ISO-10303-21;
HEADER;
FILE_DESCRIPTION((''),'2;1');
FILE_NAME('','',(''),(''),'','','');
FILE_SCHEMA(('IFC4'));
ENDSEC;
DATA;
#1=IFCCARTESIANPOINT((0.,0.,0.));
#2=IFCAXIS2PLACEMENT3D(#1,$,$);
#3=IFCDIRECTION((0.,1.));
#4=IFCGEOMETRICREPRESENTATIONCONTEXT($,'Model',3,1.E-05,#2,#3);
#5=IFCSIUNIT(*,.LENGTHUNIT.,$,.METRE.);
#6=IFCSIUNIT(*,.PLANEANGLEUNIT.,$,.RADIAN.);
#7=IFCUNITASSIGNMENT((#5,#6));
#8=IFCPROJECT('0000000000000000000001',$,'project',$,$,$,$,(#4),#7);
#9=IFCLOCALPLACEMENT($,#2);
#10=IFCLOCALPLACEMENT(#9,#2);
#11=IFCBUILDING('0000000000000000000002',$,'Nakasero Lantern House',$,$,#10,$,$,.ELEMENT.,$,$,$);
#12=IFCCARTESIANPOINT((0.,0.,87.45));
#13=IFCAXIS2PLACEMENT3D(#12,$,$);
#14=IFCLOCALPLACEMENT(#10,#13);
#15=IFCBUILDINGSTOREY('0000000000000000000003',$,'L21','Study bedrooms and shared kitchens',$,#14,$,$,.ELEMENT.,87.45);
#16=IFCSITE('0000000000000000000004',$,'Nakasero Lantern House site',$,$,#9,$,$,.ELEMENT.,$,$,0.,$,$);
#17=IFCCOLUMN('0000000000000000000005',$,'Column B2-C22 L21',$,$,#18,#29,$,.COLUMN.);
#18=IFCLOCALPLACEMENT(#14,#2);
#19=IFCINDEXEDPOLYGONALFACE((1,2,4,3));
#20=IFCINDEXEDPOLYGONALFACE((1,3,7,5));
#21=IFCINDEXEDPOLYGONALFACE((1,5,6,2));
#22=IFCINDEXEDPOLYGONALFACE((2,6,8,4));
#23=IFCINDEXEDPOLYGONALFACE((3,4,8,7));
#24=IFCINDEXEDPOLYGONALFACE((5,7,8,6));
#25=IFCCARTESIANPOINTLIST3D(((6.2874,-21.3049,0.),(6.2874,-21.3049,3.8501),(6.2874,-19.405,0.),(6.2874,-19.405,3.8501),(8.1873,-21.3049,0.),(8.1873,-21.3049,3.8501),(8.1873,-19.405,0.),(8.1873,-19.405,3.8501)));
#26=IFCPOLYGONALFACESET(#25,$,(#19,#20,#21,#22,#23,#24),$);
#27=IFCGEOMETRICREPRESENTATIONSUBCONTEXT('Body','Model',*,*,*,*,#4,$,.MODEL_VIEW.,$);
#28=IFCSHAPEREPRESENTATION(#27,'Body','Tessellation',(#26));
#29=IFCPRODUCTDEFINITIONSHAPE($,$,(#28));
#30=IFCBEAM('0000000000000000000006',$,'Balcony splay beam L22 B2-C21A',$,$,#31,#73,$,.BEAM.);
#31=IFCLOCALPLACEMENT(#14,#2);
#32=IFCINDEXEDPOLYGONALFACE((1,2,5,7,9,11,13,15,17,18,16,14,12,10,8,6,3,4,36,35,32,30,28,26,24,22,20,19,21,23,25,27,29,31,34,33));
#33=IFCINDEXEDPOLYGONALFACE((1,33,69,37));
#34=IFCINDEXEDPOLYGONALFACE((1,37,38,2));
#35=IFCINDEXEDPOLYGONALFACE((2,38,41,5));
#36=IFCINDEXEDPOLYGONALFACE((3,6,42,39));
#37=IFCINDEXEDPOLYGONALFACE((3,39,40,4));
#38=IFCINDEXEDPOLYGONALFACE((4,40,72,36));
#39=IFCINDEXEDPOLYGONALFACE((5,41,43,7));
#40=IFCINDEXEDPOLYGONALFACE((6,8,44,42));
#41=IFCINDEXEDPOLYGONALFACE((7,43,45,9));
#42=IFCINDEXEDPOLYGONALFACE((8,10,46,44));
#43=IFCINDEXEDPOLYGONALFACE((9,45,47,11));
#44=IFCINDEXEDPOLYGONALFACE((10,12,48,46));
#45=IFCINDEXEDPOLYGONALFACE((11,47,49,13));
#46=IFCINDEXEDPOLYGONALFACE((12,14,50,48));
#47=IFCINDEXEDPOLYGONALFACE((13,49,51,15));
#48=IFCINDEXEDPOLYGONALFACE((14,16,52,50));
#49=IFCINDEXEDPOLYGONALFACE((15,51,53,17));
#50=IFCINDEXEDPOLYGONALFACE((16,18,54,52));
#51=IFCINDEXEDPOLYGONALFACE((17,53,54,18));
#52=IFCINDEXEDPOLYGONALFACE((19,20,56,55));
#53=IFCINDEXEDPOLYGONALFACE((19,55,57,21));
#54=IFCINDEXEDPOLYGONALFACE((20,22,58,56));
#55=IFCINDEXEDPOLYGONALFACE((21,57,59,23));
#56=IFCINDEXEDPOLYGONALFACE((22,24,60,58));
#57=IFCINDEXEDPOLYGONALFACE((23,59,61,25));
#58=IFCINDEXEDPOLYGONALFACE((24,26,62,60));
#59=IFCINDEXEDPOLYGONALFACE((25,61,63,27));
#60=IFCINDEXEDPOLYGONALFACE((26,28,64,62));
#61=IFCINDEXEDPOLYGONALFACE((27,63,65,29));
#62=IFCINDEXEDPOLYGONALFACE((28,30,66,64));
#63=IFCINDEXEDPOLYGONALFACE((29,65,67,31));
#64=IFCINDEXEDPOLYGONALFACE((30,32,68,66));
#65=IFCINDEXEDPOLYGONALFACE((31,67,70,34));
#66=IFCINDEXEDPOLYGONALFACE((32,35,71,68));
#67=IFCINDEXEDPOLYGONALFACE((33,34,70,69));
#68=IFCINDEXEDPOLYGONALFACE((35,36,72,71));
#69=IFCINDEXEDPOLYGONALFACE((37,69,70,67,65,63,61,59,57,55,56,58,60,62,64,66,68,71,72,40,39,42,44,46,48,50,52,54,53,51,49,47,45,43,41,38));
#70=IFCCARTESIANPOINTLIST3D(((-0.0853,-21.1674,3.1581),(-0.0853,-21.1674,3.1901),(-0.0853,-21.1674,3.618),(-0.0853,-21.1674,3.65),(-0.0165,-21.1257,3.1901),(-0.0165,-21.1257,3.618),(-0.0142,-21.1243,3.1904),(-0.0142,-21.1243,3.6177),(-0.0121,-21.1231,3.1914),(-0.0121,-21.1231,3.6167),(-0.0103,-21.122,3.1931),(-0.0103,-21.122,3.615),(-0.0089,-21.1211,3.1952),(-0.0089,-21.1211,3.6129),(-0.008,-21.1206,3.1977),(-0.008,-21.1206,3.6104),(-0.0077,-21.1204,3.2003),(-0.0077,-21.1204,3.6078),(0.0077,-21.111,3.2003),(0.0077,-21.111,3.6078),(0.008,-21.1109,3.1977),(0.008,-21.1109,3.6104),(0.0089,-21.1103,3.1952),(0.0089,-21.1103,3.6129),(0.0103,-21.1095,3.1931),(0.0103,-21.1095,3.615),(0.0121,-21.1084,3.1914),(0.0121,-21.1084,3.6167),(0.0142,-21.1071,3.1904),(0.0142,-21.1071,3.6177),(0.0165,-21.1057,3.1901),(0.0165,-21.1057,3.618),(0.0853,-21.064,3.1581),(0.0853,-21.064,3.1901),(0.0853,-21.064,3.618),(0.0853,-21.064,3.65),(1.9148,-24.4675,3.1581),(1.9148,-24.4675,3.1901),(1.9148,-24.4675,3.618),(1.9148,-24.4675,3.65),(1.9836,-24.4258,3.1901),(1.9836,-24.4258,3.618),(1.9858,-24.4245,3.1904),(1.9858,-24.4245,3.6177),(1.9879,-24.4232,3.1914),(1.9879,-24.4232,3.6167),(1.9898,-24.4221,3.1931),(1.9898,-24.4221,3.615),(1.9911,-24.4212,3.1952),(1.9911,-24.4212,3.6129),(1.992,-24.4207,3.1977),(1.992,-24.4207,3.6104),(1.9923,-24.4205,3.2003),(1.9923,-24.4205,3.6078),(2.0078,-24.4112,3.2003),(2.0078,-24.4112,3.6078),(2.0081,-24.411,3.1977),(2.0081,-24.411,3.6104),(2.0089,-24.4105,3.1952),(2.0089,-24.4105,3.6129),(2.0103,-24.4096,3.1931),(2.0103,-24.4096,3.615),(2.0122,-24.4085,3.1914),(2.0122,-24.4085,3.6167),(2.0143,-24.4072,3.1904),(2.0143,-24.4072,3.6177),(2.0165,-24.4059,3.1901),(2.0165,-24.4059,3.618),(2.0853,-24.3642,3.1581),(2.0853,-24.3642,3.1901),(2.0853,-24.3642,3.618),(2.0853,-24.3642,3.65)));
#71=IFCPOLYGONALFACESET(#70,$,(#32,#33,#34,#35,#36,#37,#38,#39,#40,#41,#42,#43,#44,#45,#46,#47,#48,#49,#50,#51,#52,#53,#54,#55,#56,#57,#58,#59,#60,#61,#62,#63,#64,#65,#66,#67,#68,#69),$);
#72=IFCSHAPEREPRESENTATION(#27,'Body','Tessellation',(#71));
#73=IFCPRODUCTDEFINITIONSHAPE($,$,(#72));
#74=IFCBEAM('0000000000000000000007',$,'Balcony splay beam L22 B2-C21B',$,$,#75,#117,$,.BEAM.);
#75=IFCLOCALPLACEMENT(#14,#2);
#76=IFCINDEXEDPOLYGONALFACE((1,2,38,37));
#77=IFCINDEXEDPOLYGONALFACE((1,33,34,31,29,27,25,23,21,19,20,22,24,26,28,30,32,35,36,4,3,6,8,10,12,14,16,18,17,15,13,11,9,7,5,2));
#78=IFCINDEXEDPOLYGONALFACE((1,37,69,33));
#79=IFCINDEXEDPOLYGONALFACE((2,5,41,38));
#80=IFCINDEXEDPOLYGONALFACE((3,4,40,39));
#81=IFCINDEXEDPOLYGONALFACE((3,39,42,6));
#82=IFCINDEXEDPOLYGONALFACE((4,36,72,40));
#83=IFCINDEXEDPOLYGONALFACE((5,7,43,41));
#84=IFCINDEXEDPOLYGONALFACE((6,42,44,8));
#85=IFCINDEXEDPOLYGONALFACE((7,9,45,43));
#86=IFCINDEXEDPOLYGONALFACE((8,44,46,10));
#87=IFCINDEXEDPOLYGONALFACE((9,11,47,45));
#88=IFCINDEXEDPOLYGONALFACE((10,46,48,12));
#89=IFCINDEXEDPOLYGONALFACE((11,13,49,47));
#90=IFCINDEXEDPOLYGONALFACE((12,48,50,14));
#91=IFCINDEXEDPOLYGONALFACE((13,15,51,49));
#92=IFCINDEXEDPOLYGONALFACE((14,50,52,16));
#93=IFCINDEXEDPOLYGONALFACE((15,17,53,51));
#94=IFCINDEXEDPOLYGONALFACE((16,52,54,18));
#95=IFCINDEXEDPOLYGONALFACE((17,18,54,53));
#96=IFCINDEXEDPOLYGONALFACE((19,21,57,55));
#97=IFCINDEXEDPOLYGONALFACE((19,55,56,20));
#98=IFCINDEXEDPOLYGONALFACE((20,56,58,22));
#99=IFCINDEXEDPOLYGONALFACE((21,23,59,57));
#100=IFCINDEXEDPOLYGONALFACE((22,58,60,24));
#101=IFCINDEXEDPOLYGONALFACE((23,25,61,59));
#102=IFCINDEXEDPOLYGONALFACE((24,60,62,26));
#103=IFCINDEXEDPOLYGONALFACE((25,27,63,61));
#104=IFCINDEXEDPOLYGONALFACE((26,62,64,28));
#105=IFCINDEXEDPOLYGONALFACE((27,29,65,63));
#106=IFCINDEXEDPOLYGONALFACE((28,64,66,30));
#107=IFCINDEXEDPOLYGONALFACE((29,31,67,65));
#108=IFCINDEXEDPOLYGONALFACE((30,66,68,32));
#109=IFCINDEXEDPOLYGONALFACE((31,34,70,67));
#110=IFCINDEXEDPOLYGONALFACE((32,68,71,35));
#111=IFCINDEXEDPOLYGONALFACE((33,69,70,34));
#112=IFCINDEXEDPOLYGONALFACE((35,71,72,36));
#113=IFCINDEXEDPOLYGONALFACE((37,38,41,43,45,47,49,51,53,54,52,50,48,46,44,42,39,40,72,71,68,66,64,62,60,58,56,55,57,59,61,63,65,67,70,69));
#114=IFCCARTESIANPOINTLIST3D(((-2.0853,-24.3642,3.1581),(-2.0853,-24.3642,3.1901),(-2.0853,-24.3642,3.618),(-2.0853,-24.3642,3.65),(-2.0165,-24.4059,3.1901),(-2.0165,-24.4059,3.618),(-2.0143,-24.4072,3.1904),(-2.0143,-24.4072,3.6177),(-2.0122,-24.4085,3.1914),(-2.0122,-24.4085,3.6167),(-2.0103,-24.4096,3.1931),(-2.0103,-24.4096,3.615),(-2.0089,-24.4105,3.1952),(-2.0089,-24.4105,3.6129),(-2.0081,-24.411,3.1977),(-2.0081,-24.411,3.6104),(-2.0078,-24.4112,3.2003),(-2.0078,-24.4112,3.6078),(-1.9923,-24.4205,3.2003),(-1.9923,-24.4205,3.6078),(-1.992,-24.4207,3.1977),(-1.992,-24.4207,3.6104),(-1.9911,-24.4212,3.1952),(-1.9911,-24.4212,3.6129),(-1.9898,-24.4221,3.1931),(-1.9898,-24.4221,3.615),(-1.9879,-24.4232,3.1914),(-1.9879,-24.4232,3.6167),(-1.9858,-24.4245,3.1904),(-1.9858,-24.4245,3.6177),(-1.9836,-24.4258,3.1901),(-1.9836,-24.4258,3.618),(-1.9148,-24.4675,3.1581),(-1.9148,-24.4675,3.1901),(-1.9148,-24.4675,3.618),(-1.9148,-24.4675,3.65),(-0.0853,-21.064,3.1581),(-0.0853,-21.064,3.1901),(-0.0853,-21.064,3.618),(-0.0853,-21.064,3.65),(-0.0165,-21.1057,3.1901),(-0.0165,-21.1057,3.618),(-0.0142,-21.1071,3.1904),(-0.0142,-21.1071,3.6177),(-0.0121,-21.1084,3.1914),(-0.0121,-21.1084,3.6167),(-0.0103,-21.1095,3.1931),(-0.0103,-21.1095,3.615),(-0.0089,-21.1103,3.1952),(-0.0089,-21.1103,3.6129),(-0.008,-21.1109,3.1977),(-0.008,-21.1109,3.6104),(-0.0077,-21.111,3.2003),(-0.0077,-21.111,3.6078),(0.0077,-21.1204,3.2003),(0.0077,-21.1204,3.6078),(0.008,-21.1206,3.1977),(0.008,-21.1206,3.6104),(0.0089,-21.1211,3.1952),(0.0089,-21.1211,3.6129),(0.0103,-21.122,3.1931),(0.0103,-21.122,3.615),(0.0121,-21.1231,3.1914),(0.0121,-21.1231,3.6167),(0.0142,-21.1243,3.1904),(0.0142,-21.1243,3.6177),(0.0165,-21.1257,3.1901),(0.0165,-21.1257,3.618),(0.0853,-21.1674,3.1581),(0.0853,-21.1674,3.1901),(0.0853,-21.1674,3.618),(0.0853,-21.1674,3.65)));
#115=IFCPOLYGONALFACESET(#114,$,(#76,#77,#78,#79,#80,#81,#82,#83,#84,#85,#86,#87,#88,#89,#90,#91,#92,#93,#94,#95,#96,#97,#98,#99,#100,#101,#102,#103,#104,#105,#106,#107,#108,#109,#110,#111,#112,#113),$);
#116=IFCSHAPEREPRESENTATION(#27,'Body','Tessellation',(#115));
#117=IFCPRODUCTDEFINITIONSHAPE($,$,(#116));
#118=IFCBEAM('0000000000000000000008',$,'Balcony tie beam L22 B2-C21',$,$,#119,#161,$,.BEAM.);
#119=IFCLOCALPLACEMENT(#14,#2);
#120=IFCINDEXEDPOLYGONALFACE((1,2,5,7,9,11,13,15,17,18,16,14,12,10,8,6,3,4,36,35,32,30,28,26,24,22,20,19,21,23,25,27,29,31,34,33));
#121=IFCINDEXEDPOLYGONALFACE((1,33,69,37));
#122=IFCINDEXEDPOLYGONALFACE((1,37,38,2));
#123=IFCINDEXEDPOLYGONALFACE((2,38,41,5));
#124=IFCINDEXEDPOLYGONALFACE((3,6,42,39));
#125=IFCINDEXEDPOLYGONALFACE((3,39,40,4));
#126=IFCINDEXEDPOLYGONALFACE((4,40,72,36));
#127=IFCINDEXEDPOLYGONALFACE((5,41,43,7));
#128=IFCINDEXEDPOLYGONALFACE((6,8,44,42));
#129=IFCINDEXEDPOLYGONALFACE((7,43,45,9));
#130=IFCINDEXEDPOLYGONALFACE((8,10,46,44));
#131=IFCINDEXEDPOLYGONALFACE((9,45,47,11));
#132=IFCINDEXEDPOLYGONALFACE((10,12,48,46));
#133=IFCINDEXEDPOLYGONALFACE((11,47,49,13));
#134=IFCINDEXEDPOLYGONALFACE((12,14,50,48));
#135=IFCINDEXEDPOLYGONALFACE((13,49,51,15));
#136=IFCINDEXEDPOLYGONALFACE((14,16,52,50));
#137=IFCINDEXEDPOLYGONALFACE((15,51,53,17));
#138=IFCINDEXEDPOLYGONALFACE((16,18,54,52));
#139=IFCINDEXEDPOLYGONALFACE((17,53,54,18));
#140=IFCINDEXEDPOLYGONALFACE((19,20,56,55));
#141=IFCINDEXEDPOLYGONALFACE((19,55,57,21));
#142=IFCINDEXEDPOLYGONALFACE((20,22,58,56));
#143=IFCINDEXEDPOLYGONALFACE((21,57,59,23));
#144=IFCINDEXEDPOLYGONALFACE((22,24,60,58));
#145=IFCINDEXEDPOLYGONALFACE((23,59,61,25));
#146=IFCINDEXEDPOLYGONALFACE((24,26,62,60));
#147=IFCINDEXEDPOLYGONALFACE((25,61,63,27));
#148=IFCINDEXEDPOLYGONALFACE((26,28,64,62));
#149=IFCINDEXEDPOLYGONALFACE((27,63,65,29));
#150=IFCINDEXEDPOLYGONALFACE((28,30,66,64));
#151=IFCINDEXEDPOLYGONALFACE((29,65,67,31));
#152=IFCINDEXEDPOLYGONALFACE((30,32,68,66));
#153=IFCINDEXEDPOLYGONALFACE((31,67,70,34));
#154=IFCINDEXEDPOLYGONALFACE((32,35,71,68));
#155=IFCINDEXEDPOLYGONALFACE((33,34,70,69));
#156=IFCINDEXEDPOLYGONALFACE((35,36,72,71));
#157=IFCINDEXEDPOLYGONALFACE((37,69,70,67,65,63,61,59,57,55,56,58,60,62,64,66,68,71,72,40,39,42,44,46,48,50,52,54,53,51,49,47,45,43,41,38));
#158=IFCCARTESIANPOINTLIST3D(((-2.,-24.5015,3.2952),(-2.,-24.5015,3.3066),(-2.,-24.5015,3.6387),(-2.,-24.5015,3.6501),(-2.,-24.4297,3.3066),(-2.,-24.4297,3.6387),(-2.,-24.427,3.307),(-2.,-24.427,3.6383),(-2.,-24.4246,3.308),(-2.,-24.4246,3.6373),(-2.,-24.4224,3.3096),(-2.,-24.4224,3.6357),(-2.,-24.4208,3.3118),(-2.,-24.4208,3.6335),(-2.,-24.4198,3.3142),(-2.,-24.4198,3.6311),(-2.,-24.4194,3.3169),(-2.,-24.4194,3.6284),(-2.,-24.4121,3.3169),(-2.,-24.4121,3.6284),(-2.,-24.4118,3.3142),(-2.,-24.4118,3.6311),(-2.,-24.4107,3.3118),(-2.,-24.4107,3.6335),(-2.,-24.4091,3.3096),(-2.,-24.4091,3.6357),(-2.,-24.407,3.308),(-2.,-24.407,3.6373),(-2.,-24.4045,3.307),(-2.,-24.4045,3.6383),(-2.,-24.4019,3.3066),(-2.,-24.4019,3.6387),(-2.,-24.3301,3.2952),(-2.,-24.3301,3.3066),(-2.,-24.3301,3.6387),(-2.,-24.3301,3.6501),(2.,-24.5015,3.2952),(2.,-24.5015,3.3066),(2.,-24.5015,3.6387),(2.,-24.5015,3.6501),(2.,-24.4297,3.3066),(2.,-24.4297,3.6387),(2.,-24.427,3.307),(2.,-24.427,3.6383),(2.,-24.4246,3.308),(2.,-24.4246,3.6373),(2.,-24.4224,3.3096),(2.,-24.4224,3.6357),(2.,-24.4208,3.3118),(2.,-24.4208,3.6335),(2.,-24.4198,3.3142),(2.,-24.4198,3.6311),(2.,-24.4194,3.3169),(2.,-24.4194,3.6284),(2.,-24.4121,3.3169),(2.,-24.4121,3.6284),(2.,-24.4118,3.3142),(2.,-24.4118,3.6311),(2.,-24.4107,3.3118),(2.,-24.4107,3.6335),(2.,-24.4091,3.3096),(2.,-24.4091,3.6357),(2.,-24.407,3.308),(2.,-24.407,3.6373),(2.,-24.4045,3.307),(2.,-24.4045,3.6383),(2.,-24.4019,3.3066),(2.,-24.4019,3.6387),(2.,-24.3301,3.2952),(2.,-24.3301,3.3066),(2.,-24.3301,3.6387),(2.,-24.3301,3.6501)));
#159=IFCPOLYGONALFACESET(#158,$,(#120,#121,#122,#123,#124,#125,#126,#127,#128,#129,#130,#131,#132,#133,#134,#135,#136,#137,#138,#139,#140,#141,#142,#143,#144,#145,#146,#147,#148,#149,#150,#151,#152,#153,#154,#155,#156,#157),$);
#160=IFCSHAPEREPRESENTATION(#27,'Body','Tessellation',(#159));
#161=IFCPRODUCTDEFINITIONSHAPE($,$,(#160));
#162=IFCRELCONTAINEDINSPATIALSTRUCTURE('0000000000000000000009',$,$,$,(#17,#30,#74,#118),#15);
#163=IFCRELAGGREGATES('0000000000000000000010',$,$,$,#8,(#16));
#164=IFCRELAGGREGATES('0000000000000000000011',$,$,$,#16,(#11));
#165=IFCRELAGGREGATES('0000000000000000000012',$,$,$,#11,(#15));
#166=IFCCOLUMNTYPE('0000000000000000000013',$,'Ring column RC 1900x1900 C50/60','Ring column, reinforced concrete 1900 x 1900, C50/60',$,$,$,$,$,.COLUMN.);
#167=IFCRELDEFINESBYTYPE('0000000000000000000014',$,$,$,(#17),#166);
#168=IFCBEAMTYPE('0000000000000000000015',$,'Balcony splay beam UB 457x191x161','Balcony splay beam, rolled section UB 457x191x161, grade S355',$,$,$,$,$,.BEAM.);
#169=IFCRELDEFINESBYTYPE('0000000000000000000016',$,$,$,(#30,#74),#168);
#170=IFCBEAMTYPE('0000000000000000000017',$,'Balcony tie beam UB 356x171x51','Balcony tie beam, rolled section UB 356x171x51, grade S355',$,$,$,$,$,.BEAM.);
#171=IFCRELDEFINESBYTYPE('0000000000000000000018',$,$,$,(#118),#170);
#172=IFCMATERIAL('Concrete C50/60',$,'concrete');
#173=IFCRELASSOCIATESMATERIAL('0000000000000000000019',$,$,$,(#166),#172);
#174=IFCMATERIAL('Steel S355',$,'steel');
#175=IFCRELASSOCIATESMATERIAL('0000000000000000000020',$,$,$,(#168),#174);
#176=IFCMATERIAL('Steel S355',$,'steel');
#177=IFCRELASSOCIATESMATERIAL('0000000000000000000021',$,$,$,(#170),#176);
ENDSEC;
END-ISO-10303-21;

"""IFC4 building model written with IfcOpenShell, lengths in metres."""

from ifc_helpers import new_model, si_unit, direction, frame, origin, origin_2d, place, context, subcontext, project, spatial, rectangle, i_section, extrude, material, material_profile, profile_set, type_object, element, save


model = new_model("IFC4")

# Units and contexts
model_context = context("Model", 3, precision=1e-05, world=origin(), true_north=direction((0.0, 1.0)))
body_context = subcontext(model_context, "Body", "Model", "MODEL_VIEW")
ifc_project = project(units=[si_unit("LENGTHUNIT", "METRE"), si_unit("PLANEANGLEUNIT", "RADIAN")], contexts=[model_context])

# Site, building, storey
site_placement = place(None, origin())
site = spatial("IfcSite", under=ifc_project, at=site_placement, Name="Nakasero Lantern House site", CompositionType="ELEMENT", RefElevation=0.0)
building_placement = place(site_placement, origin())
building = spatial("IfcBuilding", under=site, at=building_placement, Name="Nakasero Lantern House", CompositionType="ELEMENT")
storey_placement = place(building_placement, frame((0.0, 0.0, 87.45)))
storey = spatial("IfcBuildingStorey", under=building, at=storey_placement, Name="L21", Description="Study bedrooms and shared kitchens", CompositionType="ELEMENT", Elevation=87.45)

# Column
ifc_material_1 = material(Name="Concrete C50/60", Category="concrete")
ifc_material_profile_1 = material_profile(ifc_material_1, rectangle(XDim=1.8999, YDim=1.8999, at=origin_2d()), Name="RC 1900x1900")
ifc_profile_set_1 = profile_set([ifc_material_profile_1], Name="Concrete C50/60")
column_type = type_object("IfcColumnType", Name="Ring column RC 1900x1900 C50/60", Description="Ring column, reinforced concrete 1900 x 1900, C50/60", PredefinedType="COLUMN", material=ifc_profile_set_1)
column_placement = place(storey_placement, frame((7.2373, -20.355, 0.0), z_axis=(0.0, 0.0, 1.0), x_axis=(1.0, 0.0, 0.0)))
element("IfcColumn", 1, at=column_placement, inside=storey, type_object=column_type, Name="Column B2-C22 L21", PredefinedType="COLUMN", context=body_context, shape_type="SweptSolid", body=[
    extrude(rectangle(XDim=1.8999, YDim=1.8999, at=origin_2d()), origin(), (0.0, 0.0, 1.0), 3.8501),
])

# Beams
ifc_material_2 = material(Name="Steel S355", Category="steel")
ifc_material_profile_2 = material_profile(ifc_material_2, i_section(OverallWidth=0.1995, OverallDepth=0.4919, WebThickness=0.0181, FlangeThickness=0.032, FilletRadius=0.0103, at=origin_2d()), Name="UB 457x191x161")
ifc_profile_set_2 = profile_set([ifc_material_profile_2], Name="Steel S355")
beam_type_1 = type_object("IfcBeamType", Name="Balcony splay beam UB 457x191x161", Description="Balcony splay beam, rolled section UB 457x191x161, grade S355", PredefinedType="BEAM", material=ifc_profile_set_2)
for number, where, z_axis, x_axis, name in (
    (2, (0.0, -21.1157, 3.4041), (0.518296, -0.855201, 0.0), (0.855201, 0.518296, 0.0), "Balcony splay beam L22 B2-C21A"),
    (3, (0.0, -21.1157, 3.4041), (-0.518296, -0.855201, 0.0), (0.855201, -0.518296, 0.0), "Balcony splay beam L22 B2-C21B"),
):
    element("IfcBeam", number, at=place(storey_placement, frame(where, z_axis=z_axis, x_axis=x_axis)), inside=storey, type_object=beam_type_1, Name=name, PredefinedType="BEAM", context=body_context, shape_type="SweptSolid", body=[
        extrude(i_section(OverallWidth=0.1995, OverallDepth=0.4919, WebThickness=0.0181, FlangeThickness=0.032, FilletRadius=0.0103, at=origin_2d()), origin(), (0.0, 0.0, 1.0), 3.8589),
    ])
ifc_material_3 = material(Name="Steel S355", Category="steel")
ifc_material_profile_3 = material_profile(ifc_material_3, i_section(OverallWidth=0.1714, OverallDepth=0.355, WebThickness=0.0073, FlangeThickness=0.0115, FilletRadius=0.0103, at=origin_2d()), Name="UB 356x171x51")
ifc_profile_set_3 = profile_set([ifc_material_profile_3], Name="Steel S355")
beam_type_2 = type_object("IfcBeamType", Name="Balcony tie beam UB 356x171x51", Description="Balcony tie beam, rolled section UB 356x171x51, grade S355", PredefinedType="BEAM", material=ifc_profile_set_3)
beam_1_placement = place(storey_placement, frame((2.0, -24.4158, 3.4727), z_axis=(-1.0, 0.0, 0.0), x_axis=(0.0, -1.0, 0.0)))
element("IfcBeam", 4, at=beam_1_placement, inside=storey, type_object=beam_type_2, Name="Balcony tie beam L22 B2-C21", PredefinedType="BEAM", context=body_context, shape_type="SweptSolid", body=[
    extrude(i_section(OverallWidth=0.1714, OverallDepth=0.355, WebThickness=0.0073, FlangeThickness=0.0115, FilletRadius=0.0103, at=origin_2d()), origin(), (0.0, 0.0, 1.0), 4.0),
])

save(model, "model.ifc")
